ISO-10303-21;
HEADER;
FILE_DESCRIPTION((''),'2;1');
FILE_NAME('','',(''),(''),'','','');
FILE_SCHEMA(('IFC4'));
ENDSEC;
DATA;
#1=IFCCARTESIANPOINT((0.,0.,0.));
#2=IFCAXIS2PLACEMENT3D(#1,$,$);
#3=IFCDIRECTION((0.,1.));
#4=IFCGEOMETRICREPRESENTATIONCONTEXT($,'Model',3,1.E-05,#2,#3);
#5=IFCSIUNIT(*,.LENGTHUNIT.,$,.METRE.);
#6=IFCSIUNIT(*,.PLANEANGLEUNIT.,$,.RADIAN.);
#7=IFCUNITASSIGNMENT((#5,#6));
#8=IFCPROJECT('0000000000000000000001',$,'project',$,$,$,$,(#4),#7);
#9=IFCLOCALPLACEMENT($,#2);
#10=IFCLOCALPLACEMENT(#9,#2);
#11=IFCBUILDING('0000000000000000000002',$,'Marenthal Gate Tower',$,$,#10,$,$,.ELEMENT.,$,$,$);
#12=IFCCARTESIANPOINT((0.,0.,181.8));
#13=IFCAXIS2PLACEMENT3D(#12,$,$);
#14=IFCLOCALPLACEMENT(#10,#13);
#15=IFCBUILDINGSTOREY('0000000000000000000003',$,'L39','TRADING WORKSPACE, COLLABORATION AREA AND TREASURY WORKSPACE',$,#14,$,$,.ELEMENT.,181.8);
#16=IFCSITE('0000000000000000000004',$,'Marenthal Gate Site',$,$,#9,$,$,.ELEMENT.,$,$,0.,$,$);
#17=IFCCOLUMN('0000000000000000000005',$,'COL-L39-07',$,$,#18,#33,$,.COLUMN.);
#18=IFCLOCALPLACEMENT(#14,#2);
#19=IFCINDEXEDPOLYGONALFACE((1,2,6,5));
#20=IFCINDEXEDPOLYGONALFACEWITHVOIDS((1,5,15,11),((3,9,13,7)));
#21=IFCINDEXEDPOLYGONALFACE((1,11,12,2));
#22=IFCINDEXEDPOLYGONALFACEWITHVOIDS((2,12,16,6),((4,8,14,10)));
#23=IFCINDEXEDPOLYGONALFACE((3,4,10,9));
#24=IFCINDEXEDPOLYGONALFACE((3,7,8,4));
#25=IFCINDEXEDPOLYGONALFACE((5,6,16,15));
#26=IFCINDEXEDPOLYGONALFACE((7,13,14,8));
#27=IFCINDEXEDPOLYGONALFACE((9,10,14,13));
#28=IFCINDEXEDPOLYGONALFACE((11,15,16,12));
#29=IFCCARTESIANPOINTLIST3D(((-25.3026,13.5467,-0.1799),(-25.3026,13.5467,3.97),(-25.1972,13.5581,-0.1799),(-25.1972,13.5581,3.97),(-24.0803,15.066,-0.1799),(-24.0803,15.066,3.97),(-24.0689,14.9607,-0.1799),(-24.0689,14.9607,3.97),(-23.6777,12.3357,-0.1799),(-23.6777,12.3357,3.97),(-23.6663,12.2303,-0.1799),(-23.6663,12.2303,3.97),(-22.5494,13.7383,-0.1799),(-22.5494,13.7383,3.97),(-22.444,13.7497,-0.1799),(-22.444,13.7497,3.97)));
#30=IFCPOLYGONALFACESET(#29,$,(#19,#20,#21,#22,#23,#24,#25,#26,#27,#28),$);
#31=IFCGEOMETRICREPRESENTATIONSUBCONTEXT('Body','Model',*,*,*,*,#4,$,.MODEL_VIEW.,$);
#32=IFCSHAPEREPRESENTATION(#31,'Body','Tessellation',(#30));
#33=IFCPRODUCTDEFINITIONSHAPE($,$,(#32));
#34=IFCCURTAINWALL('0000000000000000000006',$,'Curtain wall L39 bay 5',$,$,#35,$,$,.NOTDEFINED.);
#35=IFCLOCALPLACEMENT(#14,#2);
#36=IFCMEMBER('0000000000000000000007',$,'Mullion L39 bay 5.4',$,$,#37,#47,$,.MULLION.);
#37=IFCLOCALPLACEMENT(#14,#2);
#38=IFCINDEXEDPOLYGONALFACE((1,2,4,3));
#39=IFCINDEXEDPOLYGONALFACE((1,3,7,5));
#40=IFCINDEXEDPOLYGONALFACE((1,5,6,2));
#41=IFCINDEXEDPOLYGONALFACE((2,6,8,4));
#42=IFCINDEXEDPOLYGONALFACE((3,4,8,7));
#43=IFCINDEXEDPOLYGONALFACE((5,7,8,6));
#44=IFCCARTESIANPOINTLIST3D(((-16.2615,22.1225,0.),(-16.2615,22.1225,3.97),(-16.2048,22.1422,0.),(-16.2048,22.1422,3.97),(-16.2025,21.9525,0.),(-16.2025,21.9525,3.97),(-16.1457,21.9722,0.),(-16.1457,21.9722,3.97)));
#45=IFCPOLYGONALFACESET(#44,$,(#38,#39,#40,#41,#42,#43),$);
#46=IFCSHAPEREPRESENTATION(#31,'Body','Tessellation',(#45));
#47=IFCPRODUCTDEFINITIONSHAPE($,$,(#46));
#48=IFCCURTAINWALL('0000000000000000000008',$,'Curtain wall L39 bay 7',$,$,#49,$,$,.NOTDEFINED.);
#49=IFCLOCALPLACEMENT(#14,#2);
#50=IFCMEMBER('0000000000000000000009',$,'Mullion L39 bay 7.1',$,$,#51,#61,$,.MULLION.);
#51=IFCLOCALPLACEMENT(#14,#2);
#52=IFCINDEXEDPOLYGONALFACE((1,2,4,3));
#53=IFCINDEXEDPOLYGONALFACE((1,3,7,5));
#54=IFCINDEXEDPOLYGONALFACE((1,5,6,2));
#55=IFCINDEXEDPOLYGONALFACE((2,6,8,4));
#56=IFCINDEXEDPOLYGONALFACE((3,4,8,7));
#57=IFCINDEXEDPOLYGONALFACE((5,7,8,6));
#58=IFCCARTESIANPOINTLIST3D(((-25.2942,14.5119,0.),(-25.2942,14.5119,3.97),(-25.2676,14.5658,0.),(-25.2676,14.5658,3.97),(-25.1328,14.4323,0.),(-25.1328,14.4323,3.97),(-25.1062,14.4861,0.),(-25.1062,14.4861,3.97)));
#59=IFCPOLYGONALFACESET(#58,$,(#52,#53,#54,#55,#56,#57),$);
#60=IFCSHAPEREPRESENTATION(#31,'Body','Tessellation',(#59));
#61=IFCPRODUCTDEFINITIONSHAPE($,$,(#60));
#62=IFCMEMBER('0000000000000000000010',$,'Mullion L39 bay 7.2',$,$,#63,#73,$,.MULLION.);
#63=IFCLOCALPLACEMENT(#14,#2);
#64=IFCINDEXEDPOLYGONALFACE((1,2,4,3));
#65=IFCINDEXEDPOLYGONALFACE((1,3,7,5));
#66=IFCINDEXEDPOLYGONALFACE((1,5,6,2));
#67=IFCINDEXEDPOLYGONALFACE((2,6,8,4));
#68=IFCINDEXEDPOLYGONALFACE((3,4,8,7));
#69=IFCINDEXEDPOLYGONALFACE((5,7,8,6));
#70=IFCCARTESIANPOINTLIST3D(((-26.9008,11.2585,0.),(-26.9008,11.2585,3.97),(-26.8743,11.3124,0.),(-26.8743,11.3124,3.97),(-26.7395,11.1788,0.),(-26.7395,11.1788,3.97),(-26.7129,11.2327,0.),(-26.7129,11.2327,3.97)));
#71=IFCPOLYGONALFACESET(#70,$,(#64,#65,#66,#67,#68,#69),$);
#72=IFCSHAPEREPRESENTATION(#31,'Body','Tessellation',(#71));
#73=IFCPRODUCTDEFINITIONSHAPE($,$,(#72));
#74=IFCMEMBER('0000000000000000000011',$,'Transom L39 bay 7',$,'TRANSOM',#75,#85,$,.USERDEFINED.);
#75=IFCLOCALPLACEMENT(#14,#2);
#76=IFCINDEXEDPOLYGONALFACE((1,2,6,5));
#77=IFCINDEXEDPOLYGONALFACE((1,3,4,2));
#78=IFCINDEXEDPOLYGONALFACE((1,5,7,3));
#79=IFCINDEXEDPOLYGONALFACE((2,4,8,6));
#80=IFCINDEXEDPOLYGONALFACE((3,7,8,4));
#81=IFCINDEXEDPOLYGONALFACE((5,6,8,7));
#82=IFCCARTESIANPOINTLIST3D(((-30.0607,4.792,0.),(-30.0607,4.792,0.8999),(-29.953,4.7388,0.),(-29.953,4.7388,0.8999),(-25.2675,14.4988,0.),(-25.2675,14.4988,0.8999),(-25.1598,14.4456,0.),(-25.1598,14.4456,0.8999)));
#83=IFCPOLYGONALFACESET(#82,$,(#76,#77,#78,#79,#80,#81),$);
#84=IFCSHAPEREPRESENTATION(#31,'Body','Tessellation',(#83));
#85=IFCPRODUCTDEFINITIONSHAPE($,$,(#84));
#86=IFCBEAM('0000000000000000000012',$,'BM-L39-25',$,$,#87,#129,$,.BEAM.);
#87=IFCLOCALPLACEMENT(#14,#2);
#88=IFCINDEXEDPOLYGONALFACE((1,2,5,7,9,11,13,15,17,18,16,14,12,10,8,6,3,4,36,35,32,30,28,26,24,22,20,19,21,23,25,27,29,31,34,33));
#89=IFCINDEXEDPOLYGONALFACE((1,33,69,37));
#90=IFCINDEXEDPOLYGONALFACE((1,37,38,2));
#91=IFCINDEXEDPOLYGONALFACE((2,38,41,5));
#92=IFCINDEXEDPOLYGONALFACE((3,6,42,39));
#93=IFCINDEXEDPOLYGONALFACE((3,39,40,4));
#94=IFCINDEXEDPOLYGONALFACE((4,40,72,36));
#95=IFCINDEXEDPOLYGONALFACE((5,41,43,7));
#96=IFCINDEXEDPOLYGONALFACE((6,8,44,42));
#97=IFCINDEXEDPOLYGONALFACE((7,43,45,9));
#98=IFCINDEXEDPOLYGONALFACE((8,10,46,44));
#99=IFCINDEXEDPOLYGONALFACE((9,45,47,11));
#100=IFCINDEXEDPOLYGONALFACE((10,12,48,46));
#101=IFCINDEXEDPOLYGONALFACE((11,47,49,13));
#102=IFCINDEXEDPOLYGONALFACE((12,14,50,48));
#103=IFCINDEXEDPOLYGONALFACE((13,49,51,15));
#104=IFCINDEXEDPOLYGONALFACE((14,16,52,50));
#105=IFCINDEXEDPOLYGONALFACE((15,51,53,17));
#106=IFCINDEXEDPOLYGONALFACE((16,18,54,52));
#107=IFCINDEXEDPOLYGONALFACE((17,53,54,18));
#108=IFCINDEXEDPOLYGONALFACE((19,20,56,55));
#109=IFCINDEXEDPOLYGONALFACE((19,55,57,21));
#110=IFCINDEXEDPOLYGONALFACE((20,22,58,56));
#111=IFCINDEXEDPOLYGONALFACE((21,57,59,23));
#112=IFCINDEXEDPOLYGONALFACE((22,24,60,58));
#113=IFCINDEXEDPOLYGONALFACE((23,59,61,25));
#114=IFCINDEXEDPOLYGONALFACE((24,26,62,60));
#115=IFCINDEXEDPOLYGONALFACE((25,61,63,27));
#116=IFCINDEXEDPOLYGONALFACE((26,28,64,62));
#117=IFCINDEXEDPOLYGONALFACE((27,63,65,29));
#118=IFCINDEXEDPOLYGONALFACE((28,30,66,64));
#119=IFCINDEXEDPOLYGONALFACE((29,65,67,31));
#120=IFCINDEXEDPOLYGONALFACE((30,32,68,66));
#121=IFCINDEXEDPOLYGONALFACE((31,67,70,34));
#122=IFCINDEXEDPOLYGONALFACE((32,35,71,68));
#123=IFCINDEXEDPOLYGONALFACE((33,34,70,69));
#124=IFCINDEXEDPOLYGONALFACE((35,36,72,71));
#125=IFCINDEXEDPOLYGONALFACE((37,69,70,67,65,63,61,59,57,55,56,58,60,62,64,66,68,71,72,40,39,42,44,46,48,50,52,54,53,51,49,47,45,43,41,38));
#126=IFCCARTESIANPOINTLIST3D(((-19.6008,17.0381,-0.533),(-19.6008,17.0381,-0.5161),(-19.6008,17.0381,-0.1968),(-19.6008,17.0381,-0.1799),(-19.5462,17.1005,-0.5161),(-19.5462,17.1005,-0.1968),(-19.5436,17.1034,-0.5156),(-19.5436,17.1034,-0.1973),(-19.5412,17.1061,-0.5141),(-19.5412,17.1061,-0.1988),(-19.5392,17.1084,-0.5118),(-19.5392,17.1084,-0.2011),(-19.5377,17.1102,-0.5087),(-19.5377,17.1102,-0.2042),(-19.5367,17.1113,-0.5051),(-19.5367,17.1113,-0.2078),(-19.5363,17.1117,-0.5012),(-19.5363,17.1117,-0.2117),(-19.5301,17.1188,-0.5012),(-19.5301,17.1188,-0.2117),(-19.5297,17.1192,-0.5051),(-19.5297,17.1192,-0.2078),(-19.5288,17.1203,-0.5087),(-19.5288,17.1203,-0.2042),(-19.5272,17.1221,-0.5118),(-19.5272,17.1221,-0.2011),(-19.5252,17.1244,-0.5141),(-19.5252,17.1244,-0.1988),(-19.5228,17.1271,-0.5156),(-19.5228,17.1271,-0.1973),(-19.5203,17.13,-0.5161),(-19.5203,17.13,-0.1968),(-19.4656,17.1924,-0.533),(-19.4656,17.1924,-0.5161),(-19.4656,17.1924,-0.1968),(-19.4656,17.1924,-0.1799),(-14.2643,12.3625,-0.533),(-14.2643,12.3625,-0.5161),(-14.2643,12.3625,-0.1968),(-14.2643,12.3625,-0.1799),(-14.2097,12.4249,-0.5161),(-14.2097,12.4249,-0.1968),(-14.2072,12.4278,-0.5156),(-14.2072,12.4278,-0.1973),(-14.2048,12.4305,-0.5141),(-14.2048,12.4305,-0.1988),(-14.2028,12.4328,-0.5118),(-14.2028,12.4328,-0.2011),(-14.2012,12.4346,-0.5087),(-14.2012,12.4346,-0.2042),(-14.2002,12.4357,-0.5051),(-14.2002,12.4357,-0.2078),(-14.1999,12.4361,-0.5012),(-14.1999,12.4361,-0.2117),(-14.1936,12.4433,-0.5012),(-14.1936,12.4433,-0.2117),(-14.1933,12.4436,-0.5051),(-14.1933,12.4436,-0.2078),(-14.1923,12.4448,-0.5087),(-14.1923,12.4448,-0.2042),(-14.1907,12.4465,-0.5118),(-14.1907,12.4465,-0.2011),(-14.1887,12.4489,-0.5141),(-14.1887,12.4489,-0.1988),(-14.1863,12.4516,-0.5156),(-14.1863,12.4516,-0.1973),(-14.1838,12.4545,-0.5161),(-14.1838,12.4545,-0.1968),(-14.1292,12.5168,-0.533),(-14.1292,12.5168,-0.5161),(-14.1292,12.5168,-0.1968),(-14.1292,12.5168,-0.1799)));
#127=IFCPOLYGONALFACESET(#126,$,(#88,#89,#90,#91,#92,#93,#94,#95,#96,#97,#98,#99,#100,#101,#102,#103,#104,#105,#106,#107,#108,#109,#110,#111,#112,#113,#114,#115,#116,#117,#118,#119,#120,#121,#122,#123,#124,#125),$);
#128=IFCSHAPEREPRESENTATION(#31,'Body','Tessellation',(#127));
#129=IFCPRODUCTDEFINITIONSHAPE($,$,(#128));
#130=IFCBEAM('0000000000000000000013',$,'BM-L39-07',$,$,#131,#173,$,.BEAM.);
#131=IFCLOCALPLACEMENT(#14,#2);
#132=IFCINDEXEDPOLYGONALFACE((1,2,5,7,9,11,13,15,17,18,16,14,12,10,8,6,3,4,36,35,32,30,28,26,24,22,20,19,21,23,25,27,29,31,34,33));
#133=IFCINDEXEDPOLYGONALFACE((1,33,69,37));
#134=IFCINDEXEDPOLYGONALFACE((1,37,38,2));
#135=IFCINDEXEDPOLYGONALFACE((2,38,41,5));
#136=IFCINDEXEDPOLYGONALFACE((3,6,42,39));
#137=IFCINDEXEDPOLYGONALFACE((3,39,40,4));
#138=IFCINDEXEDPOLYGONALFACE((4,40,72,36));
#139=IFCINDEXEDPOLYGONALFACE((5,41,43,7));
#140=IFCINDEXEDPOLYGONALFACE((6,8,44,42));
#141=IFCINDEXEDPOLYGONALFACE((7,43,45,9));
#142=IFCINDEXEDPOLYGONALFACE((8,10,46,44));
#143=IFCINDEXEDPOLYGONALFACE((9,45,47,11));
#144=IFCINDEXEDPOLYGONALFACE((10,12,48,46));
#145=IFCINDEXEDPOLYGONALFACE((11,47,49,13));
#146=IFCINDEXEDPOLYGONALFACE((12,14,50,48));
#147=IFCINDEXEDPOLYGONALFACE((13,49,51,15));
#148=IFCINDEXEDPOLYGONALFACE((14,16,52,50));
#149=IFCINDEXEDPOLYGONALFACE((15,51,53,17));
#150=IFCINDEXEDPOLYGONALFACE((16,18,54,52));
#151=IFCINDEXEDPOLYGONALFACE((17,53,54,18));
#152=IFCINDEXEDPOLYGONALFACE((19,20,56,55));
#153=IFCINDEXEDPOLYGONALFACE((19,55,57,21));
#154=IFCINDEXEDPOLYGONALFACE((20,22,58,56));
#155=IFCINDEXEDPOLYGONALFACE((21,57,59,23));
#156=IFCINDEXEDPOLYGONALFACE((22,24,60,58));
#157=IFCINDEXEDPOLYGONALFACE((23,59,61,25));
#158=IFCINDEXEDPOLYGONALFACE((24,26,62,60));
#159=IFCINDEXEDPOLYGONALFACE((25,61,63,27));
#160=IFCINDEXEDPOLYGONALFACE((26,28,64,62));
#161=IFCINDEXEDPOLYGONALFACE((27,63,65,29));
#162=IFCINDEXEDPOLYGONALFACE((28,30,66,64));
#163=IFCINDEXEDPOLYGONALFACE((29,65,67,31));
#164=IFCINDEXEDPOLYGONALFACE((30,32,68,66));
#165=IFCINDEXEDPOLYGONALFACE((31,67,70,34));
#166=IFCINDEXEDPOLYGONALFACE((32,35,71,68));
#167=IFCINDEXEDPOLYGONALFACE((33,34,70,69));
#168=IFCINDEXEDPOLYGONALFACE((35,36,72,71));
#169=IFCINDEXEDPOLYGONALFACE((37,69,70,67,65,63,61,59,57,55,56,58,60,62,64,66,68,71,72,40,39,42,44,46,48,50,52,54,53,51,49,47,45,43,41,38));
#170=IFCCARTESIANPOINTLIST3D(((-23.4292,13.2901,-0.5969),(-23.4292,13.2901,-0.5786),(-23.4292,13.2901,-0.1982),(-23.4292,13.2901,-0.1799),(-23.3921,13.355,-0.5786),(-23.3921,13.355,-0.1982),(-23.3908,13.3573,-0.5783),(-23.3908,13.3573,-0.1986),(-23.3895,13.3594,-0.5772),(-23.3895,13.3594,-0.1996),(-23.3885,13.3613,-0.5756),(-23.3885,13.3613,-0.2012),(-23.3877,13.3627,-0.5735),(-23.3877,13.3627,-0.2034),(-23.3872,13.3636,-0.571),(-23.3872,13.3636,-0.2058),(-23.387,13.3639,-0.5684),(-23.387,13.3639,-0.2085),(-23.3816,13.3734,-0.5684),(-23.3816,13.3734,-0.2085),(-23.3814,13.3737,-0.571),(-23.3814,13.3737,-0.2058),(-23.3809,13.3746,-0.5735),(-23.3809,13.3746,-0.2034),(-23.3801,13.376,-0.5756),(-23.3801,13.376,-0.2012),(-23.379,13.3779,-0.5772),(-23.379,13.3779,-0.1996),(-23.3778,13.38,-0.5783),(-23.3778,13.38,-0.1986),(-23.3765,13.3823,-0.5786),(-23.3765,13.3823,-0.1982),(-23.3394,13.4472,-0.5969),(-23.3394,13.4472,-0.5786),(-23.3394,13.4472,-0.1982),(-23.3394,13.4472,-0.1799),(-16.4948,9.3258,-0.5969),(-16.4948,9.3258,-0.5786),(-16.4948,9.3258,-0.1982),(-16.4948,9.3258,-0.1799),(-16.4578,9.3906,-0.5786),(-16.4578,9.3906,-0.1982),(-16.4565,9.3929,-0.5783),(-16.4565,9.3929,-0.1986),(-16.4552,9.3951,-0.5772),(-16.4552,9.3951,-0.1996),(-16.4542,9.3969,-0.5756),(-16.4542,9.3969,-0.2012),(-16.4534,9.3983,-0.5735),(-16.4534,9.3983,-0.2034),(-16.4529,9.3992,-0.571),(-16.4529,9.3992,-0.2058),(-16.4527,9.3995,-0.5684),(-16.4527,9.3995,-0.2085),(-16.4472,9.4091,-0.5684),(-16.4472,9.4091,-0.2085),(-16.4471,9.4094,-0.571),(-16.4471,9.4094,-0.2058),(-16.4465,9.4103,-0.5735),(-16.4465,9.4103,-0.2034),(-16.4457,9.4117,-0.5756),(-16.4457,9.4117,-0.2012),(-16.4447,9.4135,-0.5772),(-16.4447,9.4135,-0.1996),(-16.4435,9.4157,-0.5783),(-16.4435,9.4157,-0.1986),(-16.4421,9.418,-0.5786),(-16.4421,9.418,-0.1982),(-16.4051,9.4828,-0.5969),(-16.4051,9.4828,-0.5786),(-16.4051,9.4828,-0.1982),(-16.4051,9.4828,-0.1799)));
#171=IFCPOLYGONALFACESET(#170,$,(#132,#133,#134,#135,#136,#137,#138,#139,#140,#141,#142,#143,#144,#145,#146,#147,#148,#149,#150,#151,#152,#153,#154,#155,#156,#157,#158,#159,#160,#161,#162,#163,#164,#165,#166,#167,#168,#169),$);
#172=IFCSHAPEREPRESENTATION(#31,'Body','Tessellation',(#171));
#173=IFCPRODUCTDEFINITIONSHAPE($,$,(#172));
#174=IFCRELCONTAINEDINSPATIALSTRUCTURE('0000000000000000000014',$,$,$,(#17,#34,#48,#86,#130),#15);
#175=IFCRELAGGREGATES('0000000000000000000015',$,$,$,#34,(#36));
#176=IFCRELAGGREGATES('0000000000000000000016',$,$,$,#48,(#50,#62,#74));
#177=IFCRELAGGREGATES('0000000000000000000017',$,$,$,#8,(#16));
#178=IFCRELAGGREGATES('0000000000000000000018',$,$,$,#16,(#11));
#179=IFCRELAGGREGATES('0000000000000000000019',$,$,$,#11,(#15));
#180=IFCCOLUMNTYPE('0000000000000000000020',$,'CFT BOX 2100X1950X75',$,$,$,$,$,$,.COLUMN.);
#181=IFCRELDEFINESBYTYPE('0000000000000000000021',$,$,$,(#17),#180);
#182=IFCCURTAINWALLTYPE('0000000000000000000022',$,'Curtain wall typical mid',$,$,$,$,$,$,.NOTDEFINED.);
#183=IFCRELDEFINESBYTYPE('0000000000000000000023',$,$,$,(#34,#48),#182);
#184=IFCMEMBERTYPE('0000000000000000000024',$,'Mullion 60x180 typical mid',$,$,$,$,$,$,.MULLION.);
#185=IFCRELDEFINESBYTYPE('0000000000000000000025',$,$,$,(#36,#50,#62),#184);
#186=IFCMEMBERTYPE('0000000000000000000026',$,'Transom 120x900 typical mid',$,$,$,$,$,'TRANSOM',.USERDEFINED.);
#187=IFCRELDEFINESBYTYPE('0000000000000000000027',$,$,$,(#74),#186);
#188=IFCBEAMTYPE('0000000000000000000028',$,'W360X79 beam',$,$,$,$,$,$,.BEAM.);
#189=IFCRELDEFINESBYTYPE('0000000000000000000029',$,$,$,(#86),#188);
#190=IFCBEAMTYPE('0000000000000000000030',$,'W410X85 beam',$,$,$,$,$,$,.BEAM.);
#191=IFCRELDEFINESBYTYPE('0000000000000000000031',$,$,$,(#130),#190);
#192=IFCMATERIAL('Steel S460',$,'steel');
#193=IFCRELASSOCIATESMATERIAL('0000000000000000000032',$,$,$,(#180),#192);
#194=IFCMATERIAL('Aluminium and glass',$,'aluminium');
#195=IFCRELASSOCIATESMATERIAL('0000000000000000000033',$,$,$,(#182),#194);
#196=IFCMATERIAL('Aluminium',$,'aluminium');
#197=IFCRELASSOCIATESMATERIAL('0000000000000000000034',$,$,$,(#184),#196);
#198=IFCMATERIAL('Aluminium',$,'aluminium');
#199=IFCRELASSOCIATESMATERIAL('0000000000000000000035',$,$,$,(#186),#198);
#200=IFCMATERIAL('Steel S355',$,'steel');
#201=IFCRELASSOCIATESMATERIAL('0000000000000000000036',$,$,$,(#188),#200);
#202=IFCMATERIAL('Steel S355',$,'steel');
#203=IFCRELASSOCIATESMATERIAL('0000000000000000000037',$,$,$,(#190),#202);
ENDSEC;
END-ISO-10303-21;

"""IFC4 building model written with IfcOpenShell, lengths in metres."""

from ifc_helpers import new_model, si_unit, direction, frame, origin, origin_2d, place, context, subcontext, project, spatial, rectangle, hollow_rectangle, i_section, extrude, material, material_profile, profile_set, type_object, element, aggregate, save


model = new_model("IFC4")

# Units and contexts
model_context = context("Model", 3, precision=1e-05, world=origin(), true_north=direction((0.0, 1.0)))
body_context = subcontext(model_context, "Body", "Model", "MODEL_VIEW")
ifc_project = project(units=[si_unit("LENGTHUNIT", "METRE"), si_unit("PLANEANGLEUNIT", "RADIAN")], contexts=[model_context])

# Site, building, storey
site_placement = place(None, origin())
site = spatial("IfcSite", under=ifc_project, at=site_placement, Name="Marenthal Gate Site", CompositionType="ELEMENT", RefElevation=0.0)
building_placement = place(site_placement, origin())
building = spatial("IfcBuilding", under=site, at=building_placement, Name="Marenthal Gate Tower", CompositionType="ELEMENT")
storey_placement = place(building_placement, frame((0.0, 0.0, 181.8)))
storey = spatial("IfcBuildingStorey", under=building, at=storey_placement, Name="L39", Description="TRADING WORKSPACE, COLLABORATION AREA AND TREASURY WORKSPACE", CompositionType="ELEMENT", Elevation=181.8)

# Column
ifc_material_1 = material(Name="Steel S460", Category="steel")
ifc_material_profile_1 = material_profile(ifc_material_1, hollow_rectangle(XDim=1.95, YDim=2.1001, WallThickness=0.075, at=origin_2d()), Name="CFT BOX 2100X1950X75")
ifc_material_2 = material(Name="Concrete 70 MPa", Category="concrete")
ifc_material_profile_2 = material_profile(ifc_material_2, rectangle(XDim=1.8, YDim=1.95, at=origin_2d()), Name="CFT BOX 2100X1950X75 INFILL")
ifc_profile_set_1 = profile_set([ifc_material_profile_1, ifc_material_profile_2], Name="Steel S460 shell, Concrete 70 MPa infill")
column_type = type_object("IfcColumnType", Name="CFT BOX 2100X1950X75", PredefinedType="COLUMN", material=ifc_profile_set_1)
column_placement = place(storey_placement, frame((-23.8733, 13.6482, -0.1799), z_axis=(0.0, 0.0, 1.0), x_axis=(0.626815, 0.779168, 0.0)))
element("IfcColumn", 1, at=column_placement, inside=storey, type_object=column_type, Name="COL-L39-07", PredefinedType="COLUMN", context=body_context, shape_type="SweptSolid", body=[
    extrude(hollow_rectangle(XDim=1.95, YDim=2.1001, WallThickness=0.075, at=origin_2d()), origin(), (0.0, 0.0, 1.0), 4.1499),
])

# Curtain wall, member
ifc_material_3 = material(Name="Aluminium and glass", Category="aluminium")
curtain_wall_type = type_object("IfcCurtainWallType", Name="Curtain wall typical mid", PredefinedType="NOTDEFINED", material=ifc_material_3)
curtain_wall_1_placement = place(storey_placement, origin())
curtain_wall_1 = element("IfcCurtainWall", 2, at=curtain_wall_1_placement, inside=storey, type_object=curtain_wall_type, Name="Curtain wall L39 bay 5", PredefinedType="NOTDEFINED")
ifc_material_4 = material(Name="Aluminium", Category="aluminium")
ifc_material_profile_3 = material_profile(ifc_material_4, rectangle(XDim=0.1799, YDim=0.0601, at=origin_2d()), Name="60x180 aluminium mullion")
ifc_profile_set_2 = profile_set([ifc_material_profile_3], Name="Aluminium")
member_type_1 = type_object("IfcMemberType", Name="Mullion 60x180 typical mid", PredefinedType="MULLION", material=ifc_profile_set_2)
member_1_placement = place(storey_placement, frame((-16.2036, 22.0474, 0.0), z_axis=(0.0, 0.0, 1.0), x_axis=(0.328211, -0.944604, 0.0)))
member_1 = element("IfcMember", 3, at=member_1_placement, type_object=member_type_1, Name="Mullion L39 bay 5.4", PredefinedType="MULLION", context=body_context, shape_type="SweptSolid", body=[
    extrude(rectangle(XDim=0.1799, YDim=0.0601, at=origin_2d()), origin(), (0.0, 0.0, 1.0), 3.97),
])
aggregate(curtain_wall_1, [member_1])

# Curtain wall, members
curtain_wall_2_placement = place(storey_placement, origin())
curtain_wall_2 = element("IfcCurtainWall", 4, at=curtain_wall_2_placement, inside=storey, type_object=curtain_wall_type, Name="Curtain wall L39 bay 7", PredefinedType="NOTDEFINED")
member_2_placement = place(storey_placement, frame((-25.2002, 14.499, 0.0), z_axis=(0.0, 0.0, 1.0), x_axis=(0.896643, -0.442753, 0.0)))
member_2 = element("IfcMember", 5, at=member_2_placement, type_object=member_type_1, Name="Mullion L39 bay 7.1", PredefinedType="MULLION", context=body_context, shape_type="SweptSolid", body=[
    extrude(rectangle(XDim=0.1799, YDim=0.0601, at=origin_2d()), origin(), (0.0, 0.0, 1.0), 3.97),
])
member_3_placement = place(storey_placement, frame((-26.8069, 11.2456, 0.0), z_axis=(0.0, 0.0, 1.0), x_axis=(0.896643, -0.442753, 0.0)))
member_3 = element("IfcMember", 6, at=member_3_placement, type_object=member_type_1, Name="Mullion L39 bay 7.2", PredefinedType="MULLION", context=body_context, shape_type="SweptSolid", body=[
    extrude(rectangle(XDim=0.1799, YDim=0.0601, at=origin_2d()), origin(), (0.0, 0.0, 1.0), 3.97),
])
ifc_material_5 = material(Name="Aluminium", Category="aluminium")
ifc_material_profile_4 = material_profile(ifc_material_5, rectangle(XDim=0.1201, YDim=0.8999, at=origin_2d()), Name="120x900 aluminium transom")
ifc_profile_set_3 = profile_set([ifc_material_profile_4], Name="Aluminium")
member_type_2 = type_object("IfcMemberType", Name="Transom 120x900 typical mid", ElementType="TRANSOM", PredefinedType="USERDEFINED", material=ifc_profile_set_3)
member_4_placement = place(storey_placement, frame((-25.2136, 14.4722, 0.45), z_axis=(-0.442761, -0.89664, 0.0), x_axis=(0.89664, -0.442761, 0.0)))
member_4 = element("IfcMember", 7, at=member_4_placement, type_object=member_type_2, Name="Transom L39 bay 7", ObjectType="TRANSOM", PredefinedType="USERDEFINED", context=body_context, shape_type="SweptSolid", body=[
    extrude(rectangle(XDim=0.1201, YDim=0.8999, at=origin_2d()), origin(), (0.0, 0.0, 1.0), 10.8257),
])

# Beams
ifc_material_6 = material(Name="Steel S355", Category="steel")
ifc_material_profile_5 = material_profile(ifc_material_6, i_section(OverallWidth=0.2051, OverallDepth=0.353, WebThickness=0.0095, FlangeThickness=0.0168, FilletRadius=0.0149, at=origin_2d()), Name="W360X79")
ifc_profile_set_4 = profile_set([ifc_material_profile_5], Name="Steel S355")
beam_type_1 = type_object("IfcBeamType", Name="W360X79 beam", PredefinedType="BEAM", material=ifc_profile_set_4)
beam_1_placement = place(storey_placement, frame((-19.5332, 17.1152, -0.3564), z_axis=(0.752146, -0.658997, 0.0), x_axis=(0.658997, 0.752146, 0.0)))
element("IfcBeam", 8, at=beam_1_placement, inside=storey, type_object=beam_type_1, Name="BM-L39-25", PredefinedType="BEAM", context=body_context, shape_type="SweptSolid", body=[
    extrude(i_section(OverallWidth=0.2051, OverallDepth=0.353, WebThickness=0.0095, FlangeThickness=0.0168, FilletRadius=0.0149, at=origin_2d()), origin(), (0.0, 0.0, 1.0), 7.095),
])
ifc_material_7 = material(Name="Steel S355", Category="steel")
ifc_material_profile_6 = material_profile(ifc_material_7, i_section(OverallWidth=0.1809, OverallDepth=0.417, WebThickness=0.011, FlangeThickness=0.0183, FilletRadius=0.0103, at=origin_2d()), Name="W410X85")
ifc_profile_set_5 = profile_set([ifc_material_profile_6], Name="Steel S355")
beam_type_2 = type_object("IfcBeamType", Name="W410X85 beam", PredefinedType="BEAM", material=ifc_profile_set_5)
beam_2_placement = place(storey_placement, frame((-23.3843, 13.3687, -0.3884), z_axis=(0.868142, -0.496317, 0.0), x_axis=(0.496317, 0.868142, 0.0)))
element("IfcBeam", 9, at=beam_2_placement, inside=storey, type_object=beam_type_2, Name="BM-L39-07", PredefinedType="BEAM", context=body_context, shape_type="SweptSolid", body=[
    extrude(i_section(OverallWidth=0.1809, OverallDepth=0.417, WebThickness=0.011, FlangeThickness=0.0183, FilletRadius=0.0103, at=origin_2d()), origin(), (0.0, 0.0, 1.0), 7.9875),
])

aggregate(curtain_wall_2, [member_2, member_3, member_4])

save(model, "model.ifc")
